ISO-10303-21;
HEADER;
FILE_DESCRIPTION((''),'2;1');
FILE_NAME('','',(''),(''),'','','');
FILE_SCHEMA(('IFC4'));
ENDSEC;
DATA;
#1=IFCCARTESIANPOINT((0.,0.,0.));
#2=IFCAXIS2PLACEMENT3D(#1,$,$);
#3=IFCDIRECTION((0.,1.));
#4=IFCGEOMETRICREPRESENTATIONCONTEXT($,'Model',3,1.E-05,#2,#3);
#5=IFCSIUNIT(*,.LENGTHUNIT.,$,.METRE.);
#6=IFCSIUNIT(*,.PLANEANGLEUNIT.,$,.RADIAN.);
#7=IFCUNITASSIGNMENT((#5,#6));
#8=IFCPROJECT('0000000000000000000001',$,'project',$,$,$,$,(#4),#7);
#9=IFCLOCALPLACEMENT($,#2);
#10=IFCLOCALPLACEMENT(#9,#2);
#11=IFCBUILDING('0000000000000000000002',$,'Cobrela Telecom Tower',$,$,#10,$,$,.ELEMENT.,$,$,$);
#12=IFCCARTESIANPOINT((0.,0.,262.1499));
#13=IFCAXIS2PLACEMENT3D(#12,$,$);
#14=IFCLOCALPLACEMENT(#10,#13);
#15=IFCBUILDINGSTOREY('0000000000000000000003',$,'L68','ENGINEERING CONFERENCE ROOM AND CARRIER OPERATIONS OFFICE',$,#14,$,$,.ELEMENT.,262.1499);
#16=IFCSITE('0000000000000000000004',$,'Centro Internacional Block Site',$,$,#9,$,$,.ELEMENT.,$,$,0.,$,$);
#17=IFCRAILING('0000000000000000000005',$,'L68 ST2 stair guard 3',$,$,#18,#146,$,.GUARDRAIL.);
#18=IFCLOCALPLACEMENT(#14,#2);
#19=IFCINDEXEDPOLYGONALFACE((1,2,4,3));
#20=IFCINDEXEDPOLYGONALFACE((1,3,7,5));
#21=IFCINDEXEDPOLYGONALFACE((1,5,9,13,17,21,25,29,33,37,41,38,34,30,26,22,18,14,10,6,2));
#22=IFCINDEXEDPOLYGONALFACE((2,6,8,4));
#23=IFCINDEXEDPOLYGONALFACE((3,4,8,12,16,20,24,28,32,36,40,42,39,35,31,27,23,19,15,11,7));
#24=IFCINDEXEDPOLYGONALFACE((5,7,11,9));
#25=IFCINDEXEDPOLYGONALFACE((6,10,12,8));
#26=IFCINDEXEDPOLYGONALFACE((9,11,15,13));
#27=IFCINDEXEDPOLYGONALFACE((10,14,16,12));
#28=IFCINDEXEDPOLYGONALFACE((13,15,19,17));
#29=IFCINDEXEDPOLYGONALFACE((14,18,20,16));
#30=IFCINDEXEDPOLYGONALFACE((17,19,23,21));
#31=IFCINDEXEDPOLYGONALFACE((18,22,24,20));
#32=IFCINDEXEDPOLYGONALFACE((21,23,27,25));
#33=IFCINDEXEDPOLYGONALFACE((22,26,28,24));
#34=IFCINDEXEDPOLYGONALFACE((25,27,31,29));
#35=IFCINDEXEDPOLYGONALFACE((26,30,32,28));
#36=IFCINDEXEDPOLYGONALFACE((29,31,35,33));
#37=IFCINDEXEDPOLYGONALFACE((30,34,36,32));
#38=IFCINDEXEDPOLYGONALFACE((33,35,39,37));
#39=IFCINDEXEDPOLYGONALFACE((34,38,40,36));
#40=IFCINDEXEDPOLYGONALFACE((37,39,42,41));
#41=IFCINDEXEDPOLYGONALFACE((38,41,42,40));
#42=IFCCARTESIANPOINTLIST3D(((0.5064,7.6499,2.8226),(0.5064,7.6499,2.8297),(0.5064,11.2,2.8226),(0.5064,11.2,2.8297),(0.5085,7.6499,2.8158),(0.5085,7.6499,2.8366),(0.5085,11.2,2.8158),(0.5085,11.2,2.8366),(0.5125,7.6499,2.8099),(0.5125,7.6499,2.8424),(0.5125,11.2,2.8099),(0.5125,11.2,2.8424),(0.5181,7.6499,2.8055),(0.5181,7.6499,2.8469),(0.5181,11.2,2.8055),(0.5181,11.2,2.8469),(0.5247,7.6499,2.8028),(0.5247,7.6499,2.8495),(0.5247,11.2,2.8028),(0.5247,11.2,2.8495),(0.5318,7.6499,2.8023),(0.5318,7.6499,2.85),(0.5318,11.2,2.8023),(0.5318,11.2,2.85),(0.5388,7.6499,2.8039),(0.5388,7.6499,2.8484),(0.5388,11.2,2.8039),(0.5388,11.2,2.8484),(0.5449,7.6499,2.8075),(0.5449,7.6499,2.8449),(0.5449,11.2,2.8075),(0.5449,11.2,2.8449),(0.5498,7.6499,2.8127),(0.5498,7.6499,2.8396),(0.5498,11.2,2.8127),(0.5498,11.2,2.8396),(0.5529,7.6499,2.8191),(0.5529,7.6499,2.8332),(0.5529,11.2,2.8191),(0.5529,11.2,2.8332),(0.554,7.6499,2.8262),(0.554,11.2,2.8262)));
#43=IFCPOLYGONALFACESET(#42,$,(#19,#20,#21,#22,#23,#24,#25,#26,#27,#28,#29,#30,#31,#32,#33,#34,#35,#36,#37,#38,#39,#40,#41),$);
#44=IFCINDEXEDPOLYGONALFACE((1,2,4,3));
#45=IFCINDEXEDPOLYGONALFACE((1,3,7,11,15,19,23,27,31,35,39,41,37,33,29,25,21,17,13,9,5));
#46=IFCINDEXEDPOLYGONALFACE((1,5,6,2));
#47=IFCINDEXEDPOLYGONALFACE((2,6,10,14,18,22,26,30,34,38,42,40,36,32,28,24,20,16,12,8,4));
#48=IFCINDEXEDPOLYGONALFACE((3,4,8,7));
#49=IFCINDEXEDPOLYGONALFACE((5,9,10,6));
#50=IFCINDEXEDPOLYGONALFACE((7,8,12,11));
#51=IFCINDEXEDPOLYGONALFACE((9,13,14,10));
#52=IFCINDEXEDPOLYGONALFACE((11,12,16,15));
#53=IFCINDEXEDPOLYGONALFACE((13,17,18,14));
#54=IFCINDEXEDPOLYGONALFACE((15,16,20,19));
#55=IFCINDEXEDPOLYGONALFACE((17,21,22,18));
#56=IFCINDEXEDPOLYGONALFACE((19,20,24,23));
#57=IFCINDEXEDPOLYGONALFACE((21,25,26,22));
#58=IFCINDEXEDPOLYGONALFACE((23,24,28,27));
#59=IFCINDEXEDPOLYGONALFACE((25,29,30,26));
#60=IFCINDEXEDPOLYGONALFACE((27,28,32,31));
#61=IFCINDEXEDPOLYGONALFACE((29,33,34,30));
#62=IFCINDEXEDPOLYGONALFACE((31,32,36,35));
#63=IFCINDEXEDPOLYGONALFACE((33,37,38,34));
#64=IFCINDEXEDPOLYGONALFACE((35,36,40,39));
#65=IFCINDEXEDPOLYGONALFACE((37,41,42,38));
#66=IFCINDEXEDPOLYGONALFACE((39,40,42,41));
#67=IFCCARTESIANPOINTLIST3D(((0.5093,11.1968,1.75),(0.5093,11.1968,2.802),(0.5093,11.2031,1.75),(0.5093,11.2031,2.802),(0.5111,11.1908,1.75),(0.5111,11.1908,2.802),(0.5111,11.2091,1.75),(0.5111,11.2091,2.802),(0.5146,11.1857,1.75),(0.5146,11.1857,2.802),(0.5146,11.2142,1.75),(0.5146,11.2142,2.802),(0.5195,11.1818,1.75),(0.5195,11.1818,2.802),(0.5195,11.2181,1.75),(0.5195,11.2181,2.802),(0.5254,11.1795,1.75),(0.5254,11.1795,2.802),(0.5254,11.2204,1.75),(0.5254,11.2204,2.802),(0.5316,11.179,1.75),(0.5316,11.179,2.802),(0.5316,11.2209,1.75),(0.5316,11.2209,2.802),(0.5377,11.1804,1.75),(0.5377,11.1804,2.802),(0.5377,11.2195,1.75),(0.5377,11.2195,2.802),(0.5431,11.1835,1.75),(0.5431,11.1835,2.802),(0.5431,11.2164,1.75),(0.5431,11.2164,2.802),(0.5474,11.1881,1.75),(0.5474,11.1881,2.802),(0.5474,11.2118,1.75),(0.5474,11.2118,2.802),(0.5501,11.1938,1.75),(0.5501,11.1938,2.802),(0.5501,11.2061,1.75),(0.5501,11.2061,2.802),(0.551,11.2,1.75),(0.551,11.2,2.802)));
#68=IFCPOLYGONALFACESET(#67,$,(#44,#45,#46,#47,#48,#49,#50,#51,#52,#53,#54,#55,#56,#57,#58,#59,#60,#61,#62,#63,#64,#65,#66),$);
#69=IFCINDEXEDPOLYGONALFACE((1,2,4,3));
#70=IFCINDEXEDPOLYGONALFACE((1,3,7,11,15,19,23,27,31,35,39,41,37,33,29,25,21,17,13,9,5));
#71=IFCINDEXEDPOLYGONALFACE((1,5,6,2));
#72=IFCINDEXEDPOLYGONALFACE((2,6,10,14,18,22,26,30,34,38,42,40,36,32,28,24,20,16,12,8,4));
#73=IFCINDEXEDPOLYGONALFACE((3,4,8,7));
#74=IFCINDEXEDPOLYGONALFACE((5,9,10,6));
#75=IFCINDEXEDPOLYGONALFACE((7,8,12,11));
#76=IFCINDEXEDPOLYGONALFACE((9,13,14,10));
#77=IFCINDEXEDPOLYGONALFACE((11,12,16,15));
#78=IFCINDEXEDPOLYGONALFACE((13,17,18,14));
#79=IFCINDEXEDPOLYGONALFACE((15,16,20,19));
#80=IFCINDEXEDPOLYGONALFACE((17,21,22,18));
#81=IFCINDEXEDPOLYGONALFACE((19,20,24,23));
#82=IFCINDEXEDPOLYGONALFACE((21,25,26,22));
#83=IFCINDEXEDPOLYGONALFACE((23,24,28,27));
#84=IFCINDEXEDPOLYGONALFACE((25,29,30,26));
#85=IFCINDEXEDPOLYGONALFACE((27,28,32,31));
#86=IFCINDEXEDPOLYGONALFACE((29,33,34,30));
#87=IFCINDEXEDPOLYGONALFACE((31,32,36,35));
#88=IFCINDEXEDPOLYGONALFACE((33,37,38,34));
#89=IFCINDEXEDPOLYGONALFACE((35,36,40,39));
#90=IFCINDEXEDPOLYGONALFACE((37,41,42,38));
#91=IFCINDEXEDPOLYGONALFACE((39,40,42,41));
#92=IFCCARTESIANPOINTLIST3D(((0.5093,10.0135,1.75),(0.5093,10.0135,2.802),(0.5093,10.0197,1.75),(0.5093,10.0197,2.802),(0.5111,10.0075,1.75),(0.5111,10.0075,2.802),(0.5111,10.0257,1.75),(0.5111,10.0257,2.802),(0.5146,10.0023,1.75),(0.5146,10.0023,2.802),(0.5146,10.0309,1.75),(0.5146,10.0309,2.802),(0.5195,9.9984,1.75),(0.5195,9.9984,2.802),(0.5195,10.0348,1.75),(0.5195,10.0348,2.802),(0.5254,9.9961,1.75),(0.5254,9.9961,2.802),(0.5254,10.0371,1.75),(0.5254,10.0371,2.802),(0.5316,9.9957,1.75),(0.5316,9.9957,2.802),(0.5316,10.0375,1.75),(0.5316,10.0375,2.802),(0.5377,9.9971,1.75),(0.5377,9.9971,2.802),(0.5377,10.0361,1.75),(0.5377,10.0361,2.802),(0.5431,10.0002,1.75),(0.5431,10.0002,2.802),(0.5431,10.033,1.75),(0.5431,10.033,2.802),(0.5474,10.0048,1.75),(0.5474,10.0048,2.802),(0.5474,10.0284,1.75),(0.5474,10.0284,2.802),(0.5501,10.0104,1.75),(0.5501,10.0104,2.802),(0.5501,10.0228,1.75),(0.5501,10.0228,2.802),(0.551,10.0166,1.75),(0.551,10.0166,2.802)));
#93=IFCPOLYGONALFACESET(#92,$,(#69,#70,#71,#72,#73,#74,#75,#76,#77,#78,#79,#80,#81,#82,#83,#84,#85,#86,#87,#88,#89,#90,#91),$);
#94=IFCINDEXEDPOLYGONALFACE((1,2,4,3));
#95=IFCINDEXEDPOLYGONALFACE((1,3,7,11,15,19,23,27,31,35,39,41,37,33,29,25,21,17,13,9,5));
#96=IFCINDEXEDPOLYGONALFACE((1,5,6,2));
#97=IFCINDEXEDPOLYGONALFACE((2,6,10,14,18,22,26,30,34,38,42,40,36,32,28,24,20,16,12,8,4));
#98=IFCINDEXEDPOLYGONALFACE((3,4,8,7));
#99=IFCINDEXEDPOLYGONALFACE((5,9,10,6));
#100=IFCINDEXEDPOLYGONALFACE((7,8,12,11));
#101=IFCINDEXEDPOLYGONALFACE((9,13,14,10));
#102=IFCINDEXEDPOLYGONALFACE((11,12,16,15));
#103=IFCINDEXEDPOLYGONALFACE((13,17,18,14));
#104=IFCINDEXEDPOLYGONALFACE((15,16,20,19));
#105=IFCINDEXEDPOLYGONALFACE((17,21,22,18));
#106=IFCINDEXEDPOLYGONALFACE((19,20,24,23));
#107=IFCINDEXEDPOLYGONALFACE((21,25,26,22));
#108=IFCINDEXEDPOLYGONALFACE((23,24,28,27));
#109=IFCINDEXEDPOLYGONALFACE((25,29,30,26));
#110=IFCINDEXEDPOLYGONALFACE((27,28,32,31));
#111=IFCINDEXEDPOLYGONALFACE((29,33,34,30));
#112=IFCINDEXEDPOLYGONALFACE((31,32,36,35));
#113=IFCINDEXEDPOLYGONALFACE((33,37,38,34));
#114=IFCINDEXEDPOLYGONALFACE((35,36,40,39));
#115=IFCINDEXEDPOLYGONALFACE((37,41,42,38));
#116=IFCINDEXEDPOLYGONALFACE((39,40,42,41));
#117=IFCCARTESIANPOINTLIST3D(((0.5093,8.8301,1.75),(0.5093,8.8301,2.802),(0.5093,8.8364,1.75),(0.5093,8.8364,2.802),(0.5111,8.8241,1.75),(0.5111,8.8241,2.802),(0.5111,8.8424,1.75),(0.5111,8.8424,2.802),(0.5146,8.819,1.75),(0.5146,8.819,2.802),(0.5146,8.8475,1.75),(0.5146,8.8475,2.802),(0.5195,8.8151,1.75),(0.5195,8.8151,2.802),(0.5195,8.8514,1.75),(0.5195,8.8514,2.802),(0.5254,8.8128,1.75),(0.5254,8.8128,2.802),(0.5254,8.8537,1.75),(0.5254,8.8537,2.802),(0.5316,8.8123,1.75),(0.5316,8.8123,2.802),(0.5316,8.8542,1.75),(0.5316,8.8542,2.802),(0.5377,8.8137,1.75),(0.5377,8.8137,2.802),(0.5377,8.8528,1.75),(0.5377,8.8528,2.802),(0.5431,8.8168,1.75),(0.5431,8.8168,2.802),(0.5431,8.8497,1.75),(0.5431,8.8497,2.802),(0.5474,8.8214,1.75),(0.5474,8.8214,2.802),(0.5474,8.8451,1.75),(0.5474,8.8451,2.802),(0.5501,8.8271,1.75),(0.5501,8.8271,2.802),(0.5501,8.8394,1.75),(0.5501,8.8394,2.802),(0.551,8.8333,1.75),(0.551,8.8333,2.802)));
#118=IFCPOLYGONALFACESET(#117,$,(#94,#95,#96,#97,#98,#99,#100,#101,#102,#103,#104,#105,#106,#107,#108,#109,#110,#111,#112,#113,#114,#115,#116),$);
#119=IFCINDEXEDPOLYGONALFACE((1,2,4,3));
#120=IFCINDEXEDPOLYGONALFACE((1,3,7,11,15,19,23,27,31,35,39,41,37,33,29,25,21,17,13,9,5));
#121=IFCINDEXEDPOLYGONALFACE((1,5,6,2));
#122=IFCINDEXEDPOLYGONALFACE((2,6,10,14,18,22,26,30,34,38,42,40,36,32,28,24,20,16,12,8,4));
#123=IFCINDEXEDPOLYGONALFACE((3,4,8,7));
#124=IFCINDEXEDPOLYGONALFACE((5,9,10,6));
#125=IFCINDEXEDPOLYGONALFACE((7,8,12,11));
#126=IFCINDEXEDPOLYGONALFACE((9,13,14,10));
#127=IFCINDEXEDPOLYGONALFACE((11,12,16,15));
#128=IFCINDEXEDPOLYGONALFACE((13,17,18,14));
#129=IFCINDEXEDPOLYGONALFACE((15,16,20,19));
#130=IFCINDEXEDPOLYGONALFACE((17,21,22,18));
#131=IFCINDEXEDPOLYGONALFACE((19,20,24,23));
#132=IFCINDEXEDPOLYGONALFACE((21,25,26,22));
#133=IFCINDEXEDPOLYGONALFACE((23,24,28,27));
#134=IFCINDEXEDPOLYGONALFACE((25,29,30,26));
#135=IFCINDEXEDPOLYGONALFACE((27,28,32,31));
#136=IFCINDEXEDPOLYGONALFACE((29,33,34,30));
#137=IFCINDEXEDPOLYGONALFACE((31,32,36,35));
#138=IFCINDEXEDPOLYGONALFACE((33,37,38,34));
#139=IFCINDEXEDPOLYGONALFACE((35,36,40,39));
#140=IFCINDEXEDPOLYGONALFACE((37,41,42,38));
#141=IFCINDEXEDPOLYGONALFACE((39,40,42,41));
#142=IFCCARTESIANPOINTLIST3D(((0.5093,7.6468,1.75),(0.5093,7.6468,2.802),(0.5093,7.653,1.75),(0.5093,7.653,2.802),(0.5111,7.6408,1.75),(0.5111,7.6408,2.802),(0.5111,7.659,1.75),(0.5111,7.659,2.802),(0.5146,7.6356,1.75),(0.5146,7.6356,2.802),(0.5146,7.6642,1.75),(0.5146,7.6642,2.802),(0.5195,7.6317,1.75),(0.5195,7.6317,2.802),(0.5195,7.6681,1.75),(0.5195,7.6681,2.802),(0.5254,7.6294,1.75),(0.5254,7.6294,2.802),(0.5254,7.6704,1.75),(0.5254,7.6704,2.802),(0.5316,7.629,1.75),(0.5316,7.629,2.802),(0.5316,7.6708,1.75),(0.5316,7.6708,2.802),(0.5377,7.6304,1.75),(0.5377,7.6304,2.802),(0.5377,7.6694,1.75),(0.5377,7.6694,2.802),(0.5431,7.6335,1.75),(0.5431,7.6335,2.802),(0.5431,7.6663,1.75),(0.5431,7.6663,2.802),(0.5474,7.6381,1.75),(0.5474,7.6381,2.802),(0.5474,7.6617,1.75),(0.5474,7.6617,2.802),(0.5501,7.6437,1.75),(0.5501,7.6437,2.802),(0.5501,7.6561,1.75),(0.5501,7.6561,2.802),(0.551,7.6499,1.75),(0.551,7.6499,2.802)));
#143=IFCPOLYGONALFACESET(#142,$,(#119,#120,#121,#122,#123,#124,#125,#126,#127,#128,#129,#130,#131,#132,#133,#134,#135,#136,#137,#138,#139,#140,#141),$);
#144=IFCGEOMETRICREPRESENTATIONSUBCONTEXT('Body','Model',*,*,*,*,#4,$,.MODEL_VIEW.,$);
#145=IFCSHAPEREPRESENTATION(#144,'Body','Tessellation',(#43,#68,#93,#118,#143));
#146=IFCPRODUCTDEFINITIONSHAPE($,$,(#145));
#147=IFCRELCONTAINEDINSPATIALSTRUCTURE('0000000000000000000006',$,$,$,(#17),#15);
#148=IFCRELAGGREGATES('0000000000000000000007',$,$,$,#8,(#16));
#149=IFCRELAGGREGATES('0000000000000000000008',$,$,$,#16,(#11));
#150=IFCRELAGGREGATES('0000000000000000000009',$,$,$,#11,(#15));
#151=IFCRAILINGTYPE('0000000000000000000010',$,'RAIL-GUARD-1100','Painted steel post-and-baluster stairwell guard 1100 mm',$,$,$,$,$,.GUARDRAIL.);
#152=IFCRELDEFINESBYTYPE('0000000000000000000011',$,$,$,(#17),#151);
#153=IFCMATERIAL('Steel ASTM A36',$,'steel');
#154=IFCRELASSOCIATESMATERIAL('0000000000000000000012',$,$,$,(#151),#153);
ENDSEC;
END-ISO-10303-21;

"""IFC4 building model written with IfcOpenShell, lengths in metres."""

from ifc_helpers import new_model, si_unit, direction, frame, origin, origin_2d, place, context, subcontext, project, spatial, circle, extrude, material, type_object, element, save


model = new_model("IFC4")

# Units and contexts
model_context = context("Model", 3, precision=1e-05, world=origin(), true_north=direction((0.0, 1.0)))
body_context = subcontext(model_context, "Body", "Model", "MODEL_VIEW")
ifc_project = project(units=[si_unit("LENGTHUNIT", "METRE"), si_unit("PLANEANGLEUNIT", "RADIAN")], contexts=[model_context])

# Site, building, storey
site_placement = place(None, origin())
site = spatial("IfcSite", under=ifc_project, at=site_placement, Name="Centro Internacional Block Site", CompositionType="ELEMENT", RefElevation=0.0)
building_placement = place(site_placement, origin())
building = spatial("IfcBuilding", under=site, at=building_placement, Name="Cobrela Telecom Tower", CompositionType="ELEMENT")
storey_placement = place(building_placement, frame((0.0, 0.0, 262.1499)))
storey = spatial("IfcBuildingStorey", under=building, at=storey_placement, Name="L68", Description="ENGINEERING CONFERENCE ROOM AND CARRIER OPERATIONS OFFICE", CompositionType="ELEMENT", Elevation=262.1499)

# Shared definitions
ifc_material_1 = material(Name="Steel ASTM A36", Category="steel")

# Railing
railing_type = type_object("IfcRailingType", Name="RAIL-GUARD-1100", Description="Painted steel post-and-baluster stairwell guard 1100 mm", PredefinedType="GUARDRAIL", material=ifc_material_1)
railing_1_placement = place(storey_placement, frame((0.53, 11.2, 1.75)))
element("IfcRailing", 1, at=railing_1_placement, inside=storey, type_object=railing_type, Name="L68 ST2 stair guard 3", PredefinedType="GUARDRAIL", context=body_context, shape_type="SweptSolid", body=[
    extrude(circle(Radius=0.0239, at=origin_2d()), frame((0.0, 0.0, 1.0762), z_axis=(0.0, -1.0, 0.0), x_axis=(1.0, 0.0, 0.0)), (0.0, 0.0, 1.0), 3.55),
    extrude(circle(Radius=0.021, at=origin_2d()), origin(), (0.0, 0.0, 1.0), 1.052),
    extrude(circle(Radius=0.021, at=origin_2d()), frame((0.0, -1.1833, 0.0)), (0.0, 0.0, 1.0), 1.052),
    extrude(circle(Radius=0.021, at=origin_2d()), frame((0.0, -2.3667, 0.0)), (0.0, 0.0, 1.0), 1.052),
    extrude(circle(Radius=0.021, at=origin_2d()), frame((0.0, -3.55, 0.0)), (0.0, 0.0, 1.0), 1.052),
])

save(model, "model.ifc")
